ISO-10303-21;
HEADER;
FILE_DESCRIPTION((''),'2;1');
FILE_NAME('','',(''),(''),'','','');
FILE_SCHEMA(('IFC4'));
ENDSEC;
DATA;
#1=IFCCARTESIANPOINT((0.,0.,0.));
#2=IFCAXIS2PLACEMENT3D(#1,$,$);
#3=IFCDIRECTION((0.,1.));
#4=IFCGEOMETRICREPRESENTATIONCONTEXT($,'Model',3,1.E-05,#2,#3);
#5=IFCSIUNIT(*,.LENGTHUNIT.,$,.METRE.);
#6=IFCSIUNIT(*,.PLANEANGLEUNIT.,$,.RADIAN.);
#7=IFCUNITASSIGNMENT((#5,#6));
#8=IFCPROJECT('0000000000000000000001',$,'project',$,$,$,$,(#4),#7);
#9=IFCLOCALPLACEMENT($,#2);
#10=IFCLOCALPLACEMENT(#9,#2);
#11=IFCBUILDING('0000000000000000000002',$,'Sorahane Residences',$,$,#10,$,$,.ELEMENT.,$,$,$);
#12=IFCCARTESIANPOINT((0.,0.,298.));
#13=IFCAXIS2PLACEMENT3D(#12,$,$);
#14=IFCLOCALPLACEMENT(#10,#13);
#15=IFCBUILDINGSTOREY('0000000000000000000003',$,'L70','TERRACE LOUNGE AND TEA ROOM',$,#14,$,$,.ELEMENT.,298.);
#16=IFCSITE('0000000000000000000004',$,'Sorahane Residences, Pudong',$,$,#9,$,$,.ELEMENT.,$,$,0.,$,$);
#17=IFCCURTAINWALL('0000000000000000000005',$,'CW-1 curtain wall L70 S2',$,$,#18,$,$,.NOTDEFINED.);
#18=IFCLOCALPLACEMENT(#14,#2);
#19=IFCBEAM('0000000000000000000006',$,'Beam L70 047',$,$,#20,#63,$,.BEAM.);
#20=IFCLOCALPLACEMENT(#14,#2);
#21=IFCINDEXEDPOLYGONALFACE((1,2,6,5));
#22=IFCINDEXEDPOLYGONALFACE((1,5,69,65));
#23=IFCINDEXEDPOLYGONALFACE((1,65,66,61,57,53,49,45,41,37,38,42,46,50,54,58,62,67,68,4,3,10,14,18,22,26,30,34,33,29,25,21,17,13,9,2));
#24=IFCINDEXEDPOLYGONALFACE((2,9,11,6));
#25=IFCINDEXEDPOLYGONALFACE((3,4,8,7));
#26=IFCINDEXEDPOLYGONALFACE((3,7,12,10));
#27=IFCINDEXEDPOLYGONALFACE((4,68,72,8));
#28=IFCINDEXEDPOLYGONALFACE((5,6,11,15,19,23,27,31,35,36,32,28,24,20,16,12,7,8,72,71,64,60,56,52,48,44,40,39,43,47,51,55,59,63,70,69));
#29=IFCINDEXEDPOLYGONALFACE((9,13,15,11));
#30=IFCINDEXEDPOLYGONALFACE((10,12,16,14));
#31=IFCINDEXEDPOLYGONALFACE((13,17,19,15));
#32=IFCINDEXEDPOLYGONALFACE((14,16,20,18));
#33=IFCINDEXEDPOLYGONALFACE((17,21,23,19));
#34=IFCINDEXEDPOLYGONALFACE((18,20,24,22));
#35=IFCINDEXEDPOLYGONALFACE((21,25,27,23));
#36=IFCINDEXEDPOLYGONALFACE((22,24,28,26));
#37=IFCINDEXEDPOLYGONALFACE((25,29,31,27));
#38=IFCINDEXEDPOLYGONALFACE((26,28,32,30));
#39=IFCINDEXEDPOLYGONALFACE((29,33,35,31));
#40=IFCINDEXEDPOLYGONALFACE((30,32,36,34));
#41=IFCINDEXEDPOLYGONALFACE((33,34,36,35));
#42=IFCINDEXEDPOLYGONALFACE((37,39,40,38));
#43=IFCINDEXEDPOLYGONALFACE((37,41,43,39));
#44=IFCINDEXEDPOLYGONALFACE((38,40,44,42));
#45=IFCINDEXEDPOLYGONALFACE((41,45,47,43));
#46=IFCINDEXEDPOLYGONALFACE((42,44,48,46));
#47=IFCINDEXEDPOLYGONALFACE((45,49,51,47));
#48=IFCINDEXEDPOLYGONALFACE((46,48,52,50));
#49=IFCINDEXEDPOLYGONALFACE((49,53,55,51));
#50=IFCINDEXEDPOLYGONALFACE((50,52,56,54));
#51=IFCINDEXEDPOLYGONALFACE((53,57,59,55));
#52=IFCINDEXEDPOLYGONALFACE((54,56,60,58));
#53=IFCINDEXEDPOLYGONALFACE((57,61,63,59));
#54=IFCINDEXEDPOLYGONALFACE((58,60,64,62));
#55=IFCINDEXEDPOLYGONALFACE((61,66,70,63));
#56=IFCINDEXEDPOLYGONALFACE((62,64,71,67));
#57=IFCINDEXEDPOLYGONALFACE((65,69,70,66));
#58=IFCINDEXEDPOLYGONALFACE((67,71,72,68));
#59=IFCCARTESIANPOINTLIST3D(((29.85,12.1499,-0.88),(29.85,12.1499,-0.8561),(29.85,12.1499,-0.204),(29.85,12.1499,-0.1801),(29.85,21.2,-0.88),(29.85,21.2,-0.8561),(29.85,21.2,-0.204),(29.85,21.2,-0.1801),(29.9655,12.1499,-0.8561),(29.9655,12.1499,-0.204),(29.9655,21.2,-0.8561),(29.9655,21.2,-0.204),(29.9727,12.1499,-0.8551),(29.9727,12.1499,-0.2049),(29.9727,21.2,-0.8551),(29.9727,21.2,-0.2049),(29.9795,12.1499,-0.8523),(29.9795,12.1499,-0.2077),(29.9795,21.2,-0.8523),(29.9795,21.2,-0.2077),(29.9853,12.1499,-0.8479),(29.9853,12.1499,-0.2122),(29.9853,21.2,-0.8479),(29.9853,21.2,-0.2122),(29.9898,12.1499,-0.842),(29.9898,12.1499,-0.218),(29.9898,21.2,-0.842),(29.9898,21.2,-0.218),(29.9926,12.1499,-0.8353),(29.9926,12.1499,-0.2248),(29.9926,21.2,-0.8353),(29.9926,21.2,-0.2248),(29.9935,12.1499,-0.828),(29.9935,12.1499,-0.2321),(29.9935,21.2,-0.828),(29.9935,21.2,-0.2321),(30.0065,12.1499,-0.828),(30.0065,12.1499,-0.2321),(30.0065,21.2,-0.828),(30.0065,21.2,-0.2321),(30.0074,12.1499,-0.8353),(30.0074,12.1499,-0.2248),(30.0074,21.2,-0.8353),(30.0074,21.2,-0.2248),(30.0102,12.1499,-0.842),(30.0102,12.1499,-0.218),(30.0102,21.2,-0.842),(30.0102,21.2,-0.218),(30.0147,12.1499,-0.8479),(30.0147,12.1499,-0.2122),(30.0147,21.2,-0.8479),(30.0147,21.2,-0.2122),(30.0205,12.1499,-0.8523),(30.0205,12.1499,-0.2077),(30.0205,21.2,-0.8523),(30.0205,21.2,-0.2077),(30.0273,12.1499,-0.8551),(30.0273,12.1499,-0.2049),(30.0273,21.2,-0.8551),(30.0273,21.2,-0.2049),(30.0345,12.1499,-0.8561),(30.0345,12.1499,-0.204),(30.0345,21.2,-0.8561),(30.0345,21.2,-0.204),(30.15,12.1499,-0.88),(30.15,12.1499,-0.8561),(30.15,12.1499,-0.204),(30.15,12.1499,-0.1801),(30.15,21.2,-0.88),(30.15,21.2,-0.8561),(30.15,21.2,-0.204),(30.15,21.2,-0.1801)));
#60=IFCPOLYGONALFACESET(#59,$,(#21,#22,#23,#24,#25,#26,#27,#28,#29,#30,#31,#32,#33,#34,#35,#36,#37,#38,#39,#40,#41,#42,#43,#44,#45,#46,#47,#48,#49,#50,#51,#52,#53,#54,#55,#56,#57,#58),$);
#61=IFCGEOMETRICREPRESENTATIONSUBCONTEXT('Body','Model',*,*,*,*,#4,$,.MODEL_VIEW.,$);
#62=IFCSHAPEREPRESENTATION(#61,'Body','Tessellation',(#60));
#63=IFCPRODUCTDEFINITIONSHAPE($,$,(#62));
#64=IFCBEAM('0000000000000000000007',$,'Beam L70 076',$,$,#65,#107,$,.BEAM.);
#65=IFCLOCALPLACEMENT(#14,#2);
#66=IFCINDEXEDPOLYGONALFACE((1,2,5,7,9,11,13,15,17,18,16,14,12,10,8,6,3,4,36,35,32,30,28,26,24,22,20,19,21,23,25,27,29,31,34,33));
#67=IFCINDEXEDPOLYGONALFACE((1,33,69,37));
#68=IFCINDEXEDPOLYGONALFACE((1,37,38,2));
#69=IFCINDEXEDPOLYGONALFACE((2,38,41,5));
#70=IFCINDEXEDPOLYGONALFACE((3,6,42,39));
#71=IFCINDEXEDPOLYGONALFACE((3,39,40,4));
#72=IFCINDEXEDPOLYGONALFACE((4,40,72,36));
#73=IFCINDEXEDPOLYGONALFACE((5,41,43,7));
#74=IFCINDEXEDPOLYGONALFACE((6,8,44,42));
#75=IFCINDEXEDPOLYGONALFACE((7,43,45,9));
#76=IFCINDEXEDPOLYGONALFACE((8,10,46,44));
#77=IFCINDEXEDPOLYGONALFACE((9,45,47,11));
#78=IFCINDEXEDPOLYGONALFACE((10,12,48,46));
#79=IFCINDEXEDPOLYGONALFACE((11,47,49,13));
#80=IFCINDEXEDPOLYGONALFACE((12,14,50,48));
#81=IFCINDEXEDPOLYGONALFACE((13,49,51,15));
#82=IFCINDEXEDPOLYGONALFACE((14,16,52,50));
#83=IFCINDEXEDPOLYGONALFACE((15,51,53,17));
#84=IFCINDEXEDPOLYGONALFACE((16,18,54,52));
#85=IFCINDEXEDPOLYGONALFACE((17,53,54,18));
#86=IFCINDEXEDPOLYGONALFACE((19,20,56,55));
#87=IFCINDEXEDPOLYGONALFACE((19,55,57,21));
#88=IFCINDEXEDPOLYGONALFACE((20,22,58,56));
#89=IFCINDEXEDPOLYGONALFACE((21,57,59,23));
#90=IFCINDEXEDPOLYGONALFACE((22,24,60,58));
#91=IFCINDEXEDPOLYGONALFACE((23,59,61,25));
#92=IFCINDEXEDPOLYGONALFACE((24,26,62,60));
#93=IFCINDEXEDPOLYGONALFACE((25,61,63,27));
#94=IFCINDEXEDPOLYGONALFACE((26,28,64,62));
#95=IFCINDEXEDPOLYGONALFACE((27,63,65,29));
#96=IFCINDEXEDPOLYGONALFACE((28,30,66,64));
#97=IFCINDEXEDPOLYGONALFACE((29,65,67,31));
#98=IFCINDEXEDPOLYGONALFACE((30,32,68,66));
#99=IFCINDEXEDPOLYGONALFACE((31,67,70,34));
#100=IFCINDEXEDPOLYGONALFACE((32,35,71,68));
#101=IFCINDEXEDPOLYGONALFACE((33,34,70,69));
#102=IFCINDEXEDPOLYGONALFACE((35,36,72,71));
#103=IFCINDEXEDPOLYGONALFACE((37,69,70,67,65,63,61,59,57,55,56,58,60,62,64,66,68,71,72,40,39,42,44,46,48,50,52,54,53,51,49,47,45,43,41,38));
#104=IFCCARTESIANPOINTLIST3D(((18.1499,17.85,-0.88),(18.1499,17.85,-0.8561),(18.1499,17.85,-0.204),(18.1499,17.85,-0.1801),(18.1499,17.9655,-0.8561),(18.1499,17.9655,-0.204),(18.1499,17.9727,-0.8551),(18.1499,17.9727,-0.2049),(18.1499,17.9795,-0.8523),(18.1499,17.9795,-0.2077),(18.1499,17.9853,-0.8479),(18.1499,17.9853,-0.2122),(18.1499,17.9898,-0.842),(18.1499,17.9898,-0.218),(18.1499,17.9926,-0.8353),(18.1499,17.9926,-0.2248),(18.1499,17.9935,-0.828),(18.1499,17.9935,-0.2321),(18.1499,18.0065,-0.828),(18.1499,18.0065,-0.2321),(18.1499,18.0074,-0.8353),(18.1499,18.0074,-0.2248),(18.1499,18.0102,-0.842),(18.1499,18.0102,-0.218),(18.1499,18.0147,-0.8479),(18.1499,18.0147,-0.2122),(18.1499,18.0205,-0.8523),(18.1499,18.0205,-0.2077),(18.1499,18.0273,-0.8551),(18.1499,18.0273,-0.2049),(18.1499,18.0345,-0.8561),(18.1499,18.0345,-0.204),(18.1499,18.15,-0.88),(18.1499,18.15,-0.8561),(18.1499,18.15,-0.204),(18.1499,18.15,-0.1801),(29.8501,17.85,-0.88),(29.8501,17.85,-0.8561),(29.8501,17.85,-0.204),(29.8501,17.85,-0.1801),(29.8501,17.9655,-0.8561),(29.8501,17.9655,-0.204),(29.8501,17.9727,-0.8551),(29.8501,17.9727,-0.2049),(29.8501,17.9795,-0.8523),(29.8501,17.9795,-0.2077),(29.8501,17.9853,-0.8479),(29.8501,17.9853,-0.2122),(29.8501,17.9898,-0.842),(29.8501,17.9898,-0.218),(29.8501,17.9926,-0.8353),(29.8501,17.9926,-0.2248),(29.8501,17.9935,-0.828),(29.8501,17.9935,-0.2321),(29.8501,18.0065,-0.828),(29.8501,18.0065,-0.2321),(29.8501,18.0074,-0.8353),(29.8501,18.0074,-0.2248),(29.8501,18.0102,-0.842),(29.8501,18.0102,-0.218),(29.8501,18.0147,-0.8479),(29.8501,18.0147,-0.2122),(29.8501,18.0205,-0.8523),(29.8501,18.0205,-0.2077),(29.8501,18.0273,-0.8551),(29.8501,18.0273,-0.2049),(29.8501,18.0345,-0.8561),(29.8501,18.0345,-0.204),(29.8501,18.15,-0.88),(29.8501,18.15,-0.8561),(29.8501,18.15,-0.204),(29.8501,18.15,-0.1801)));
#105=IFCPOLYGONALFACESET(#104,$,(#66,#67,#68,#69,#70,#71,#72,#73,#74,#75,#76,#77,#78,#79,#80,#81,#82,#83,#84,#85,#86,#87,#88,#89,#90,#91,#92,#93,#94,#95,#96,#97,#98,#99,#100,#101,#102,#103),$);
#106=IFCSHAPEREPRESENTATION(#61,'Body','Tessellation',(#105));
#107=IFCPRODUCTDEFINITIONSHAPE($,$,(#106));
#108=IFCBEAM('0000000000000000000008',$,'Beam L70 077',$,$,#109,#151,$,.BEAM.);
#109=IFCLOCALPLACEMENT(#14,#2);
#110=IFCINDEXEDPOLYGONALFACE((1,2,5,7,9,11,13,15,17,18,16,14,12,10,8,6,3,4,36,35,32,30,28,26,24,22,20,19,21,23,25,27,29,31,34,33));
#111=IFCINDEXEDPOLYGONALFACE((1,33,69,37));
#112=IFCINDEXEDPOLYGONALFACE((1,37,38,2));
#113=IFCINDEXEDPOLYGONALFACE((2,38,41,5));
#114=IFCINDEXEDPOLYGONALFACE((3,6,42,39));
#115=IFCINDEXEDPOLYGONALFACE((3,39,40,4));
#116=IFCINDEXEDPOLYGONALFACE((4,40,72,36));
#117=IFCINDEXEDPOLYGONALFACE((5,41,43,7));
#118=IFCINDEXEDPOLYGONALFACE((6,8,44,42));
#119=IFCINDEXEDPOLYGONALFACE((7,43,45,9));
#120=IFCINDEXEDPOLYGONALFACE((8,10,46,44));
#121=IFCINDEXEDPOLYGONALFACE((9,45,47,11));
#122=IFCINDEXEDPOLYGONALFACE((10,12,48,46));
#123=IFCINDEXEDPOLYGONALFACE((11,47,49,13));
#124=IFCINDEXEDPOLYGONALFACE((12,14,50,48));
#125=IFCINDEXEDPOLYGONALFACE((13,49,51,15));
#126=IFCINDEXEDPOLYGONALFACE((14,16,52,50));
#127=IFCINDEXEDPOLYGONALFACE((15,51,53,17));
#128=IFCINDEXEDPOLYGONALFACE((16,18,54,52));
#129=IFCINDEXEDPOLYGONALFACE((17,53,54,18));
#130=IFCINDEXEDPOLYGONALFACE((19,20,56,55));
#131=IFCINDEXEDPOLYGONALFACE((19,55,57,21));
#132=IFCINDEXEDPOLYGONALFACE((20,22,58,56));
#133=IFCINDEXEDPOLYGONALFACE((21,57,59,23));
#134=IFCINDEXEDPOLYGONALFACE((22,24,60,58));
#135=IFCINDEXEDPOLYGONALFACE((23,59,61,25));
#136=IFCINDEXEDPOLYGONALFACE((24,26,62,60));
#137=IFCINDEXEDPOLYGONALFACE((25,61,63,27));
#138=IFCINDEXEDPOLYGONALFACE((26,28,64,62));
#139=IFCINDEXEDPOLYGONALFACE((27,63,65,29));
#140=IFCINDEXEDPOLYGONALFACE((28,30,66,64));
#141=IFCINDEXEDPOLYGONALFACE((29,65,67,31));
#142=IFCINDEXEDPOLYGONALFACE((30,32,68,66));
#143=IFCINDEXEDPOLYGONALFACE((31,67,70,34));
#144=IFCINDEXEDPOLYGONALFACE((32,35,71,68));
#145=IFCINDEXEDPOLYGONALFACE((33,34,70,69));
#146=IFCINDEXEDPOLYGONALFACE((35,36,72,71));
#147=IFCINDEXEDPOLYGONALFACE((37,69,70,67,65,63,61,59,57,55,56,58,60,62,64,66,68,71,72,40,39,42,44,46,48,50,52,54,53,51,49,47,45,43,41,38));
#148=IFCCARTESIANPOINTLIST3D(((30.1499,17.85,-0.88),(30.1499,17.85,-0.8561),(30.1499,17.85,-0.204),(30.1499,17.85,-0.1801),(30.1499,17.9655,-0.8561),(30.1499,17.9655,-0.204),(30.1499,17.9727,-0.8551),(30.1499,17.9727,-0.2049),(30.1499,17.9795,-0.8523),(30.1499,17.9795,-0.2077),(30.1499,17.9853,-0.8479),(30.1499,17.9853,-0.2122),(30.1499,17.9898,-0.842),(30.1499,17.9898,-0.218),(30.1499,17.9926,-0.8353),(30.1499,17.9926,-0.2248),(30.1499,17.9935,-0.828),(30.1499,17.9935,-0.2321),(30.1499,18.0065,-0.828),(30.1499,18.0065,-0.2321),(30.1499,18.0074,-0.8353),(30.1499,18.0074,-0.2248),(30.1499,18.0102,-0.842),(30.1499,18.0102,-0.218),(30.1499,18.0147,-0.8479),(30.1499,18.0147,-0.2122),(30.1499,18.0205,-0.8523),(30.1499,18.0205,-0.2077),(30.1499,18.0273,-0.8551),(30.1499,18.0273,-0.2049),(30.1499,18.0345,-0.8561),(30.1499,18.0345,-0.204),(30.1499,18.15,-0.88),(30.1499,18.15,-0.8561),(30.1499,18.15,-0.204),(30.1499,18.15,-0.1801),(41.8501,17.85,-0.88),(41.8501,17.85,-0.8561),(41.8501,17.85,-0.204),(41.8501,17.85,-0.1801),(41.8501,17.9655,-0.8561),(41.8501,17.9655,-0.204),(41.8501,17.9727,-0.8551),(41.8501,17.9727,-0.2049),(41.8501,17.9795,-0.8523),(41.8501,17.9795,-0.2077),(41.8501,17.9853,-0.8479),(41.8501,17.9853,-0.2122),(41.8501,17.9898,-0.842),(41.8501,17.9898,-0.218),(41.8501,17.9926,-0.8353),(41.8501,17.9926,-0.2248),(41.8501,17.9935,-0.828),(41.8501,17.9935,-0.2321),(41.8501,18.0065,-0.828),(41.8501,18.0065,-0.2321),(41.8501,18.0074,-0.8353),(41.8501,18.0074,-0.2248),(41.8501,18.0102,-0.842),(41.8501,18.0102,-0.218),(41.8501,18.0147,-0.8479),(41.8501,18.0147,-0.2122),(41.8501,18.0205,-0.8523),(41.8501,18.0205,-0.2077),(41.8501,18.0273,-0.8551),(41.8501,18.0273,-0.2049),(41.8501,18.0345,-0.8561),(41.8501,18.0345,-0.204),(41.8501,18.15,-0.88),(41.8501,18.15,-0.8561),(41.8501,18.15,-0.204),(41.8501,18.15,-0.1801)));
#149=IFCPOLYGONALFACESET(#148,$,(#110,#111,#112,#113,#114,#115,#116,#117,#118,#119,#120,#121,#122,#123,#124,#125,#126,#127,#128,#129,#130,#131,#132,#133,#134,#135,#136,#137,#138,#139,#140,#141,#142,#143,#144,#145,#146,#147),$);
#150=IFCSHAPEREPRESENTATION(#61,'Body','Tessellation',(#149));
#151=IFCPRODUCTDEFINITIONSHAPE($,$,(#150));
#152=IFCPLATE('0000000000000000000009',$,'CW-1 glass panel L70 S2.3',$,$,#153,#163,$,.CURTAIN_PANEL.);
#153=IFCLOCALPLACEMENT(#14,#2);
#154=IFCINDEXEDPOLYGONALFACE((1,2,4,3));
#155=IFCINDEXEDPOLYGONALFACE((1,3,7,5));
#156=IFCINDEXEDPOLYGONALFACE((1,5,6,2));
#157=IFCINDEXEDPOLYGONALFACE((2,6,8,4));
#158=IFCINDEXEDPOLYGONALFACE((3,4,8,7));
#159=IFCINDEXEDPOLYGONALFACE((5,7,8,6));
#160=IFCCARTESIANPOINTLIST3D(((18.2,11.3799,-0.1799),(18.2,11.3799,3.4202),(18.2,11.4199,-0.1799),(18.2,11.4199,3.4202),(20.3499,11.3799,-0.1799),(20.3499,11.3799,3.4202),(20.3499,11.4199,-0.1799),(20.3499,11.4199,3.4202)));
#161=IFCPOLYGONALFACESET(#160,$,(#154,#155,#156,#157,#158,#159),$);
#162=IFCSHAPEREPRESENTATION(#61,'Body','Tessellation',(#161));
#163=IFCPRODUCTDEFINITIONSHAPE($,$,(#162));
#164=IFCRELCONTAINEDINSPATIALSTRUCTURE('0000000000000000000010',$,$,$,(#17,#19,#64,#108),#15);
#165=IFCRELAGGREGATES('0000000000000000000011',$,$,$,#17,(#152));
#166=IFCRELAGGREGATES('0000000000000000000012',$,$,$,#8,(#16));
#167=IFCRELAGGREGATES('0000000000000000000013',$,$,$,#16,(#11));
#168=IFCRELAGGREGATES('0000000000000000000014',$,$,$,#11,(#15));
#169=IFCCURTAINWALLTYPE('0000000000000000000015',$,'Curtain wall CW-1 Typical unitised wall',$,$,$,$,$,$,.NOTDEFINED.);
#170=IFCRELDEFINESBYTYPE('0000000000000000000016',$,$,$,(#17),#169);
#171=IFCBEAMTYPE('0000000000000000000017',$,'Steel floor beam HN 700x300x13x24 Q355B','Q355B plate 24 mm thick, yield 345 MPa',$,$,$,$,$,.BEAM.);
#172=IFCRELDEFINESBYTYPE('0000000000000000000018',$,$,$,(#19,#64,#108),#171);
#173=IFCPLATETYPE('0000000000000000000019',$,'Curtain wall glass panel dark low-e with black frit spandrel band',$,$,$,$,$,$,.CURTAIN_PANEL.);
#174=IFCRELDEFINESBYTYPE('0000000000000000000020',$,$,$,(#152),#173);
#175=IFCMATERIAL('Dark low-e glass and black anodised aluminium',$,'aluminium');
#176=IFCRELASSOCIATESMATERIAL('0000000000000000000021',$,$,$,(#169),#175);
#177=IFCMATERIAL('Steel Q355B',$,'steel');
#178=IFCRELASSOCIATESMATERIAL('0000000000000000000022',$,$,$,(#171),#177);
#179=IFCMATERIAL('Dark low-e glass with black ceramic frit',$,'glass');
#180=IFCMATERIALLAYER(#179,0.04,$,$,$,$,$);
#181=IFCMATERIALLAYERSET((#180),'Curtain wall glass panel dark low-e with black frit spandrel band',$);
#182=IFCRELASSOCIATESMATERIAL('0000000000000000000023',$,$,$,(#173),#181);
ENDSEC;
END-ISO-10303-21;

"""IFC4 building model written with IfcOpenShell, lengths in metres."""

from ifc_helpers import new_model, si_unit, direction, frame, origin, origin_2d, place, context, subcontext, project, spatial, rectangle, i_section, extrude, material, layer, layer_set, material_profile, profile_set, type_object, element, aggregate, save


model = new_model("IFC4")

# Units and contexts
model_context = context("Model", 3, precision=1e-05, world=origin(), true_north=direction((0.0, 1.0)))
body_context = subcontext(model_context, "Body", "Model", "MODEL_VIEW")
ifc_project = project(units=[si_unit("LENGTHUNIT", "METRE"), si_unit("PLANEANGLEUNIT", "RADIAN")], contexts=[model_context])

# Site, building, storey
site_placement = place(None, origin())
site = spatial("IfcSite", under=ifc_project, at=site_placement, Name="Sorahane Residences, Pudong", CompositionType="ELEMENT", RefElevation=0.0)
building_placement = place(site_placement, origin())
building = spatial("IfcBuilding", under=site, at=building_placement, Name="Sorahane Residences", CompositionType="ELEMENT")
storey_placement = place(building_placement, frame((0.0, 0.0, 298.0)))
storey = spatial("IfcBuildingStorey", under=building, at=storey_placement, Name="L70", Description="TERRACE LOUNGE AND TEA ROOM", CompositionType="ELEMENT", Elevation=298.0)

# Curtain wall
ifc_material_1 = material(Name="Dark low-e glass and black anodised aluminium", Category="aluminium")
curtain_wall_type = type_object("IfcCurtainWallType", Name="Curtain wall CW-1 Typical unitised wall", PredefinedType="NOTDEFINED", material=ifc_material_1)
curtain_wall_placement = place(storey_placement, origin())
curtain_wall = element("IfcCurtainWall", 1, at=curtain_wall_placement, inside=storey, type_object=curtain_wall_type, Name="CW-1 curtain wall L70 S2", PredefinedType="NOTDEFINED")

# Beams
ifc_material_2 = material(Name="Steel Q355B", Category="steel")
ifc_material_profile_1 = material_profile(ifc_material_2, i_section(OverallWidth=0.3, OverallDepth=0.7, WebThickness=0.0129, FlangeThickness=0.0239, FilletRadius=0.0281, at=origin_2d()), Name="HN 700x300x13x24")
ifc_profile_set_1 = profile_set([ifc_material_profile_1], Name="Steel Q355B")
beam_type = type_object("IfcBeamType", Name="Steel floor beam HN 700x300x13x24 Q355B", Description="Q355B plate 24 mm thick, yield 345 MPa", PredefinedType="BEAM", material=ifc_profile_set_1)
for number, where, z_axis, x_axis, name in (
    (2, (30.0, 12.1499, -0.53), (0.0, 1.0, 0.0), (-1.0, 0.0, 0.0), "Beam L70 047"),
):
    element("IfcBeam", number, at=place(storey_placement, frame(where, z_axis=z_axis, x_axis=x_axis)), inside=storey, type_object=beam_type, Name=name, PredefinedType="BEAM", context=body_context, shape_type="SweptSolid", body=[
        extrude(i_section(OverallWidth=0.3, OverallDepth=0.7, WebThickness=0.0129, FlangeThickness=0.0239, FilletRadius=0.0281, at=origin_2d()), origin(), (0.0, 0.0, 1.0), 9.05),
    ])
for number, where, z_axis, x_axis, name in (
    (3, (18.1499, 18.0, -0.53), (1.0, 0.0, 0.0), (0.0, 1.0, 0.0), "Beam L70 076"),
    (4, (30.1499, 18.0, -0.53), (1.0, 0.0, 0.0), (0.0, 1.0, 0.0), "Beam L70 077"),
):
    element("IfcBeam", number, at=place(storey_placement, frame(where, z_axis=z_axis, x_axis=x_axis)), inside=storey, type_object=beam_type, Name=name, PredefinedType="BEAM", context=body_context, shape_type="SweptSolid", body=[
        extrude(i_section(OverallWidth=0.3, OverallDepth=0.7, WebThickness=0.0129, FlangeThickness=0.0239, FilletRadius=0.0281, at=origin_2d()), origin(), (0.0, 0.0, 1.0), 11.7002),
    ])

# Plate
ifc_material_3 = material(Name="Dark low-e glass with black ceramic frit", Category="glass")
ifc_layer = layer(ifc_material_3, 0.04)
ifc_layer_set = layer_set([ifc_layer], Name="Curtain wall glass panel dark low-e with black frit spandrel band")
plate_type = type_object("IfcPlateType", Name="Curtain wall glass panel dark low-e with black frit spandrel band", PredefinedType="CURTAIN_PANEL", material=ifc_layer_set)
plate_placement = place(storey_placement, frame((19.2749, 11.3999, -0.1799), z_axis=(0.0, 0.0, 1.0), x_axis=(1.0, 0.0, 0.0)))
plate = element("IfcPlate", 5, at=plate_placement, type_object=plate_type, Name="CW-1 glass panel L70 S2.3", PredefinedType="CURTAIN_PANEL", context=body_context, shape_type="SweptSolid", body=[
    extrude(rectangle(XDim=2.1499, YDim=0.04, at=origin_2d()), origin(), (0.0, 0.0, 1.0), 3.6001),
])
aggregate(curtain_wall, [plate])

save(model, "model.ifc")
